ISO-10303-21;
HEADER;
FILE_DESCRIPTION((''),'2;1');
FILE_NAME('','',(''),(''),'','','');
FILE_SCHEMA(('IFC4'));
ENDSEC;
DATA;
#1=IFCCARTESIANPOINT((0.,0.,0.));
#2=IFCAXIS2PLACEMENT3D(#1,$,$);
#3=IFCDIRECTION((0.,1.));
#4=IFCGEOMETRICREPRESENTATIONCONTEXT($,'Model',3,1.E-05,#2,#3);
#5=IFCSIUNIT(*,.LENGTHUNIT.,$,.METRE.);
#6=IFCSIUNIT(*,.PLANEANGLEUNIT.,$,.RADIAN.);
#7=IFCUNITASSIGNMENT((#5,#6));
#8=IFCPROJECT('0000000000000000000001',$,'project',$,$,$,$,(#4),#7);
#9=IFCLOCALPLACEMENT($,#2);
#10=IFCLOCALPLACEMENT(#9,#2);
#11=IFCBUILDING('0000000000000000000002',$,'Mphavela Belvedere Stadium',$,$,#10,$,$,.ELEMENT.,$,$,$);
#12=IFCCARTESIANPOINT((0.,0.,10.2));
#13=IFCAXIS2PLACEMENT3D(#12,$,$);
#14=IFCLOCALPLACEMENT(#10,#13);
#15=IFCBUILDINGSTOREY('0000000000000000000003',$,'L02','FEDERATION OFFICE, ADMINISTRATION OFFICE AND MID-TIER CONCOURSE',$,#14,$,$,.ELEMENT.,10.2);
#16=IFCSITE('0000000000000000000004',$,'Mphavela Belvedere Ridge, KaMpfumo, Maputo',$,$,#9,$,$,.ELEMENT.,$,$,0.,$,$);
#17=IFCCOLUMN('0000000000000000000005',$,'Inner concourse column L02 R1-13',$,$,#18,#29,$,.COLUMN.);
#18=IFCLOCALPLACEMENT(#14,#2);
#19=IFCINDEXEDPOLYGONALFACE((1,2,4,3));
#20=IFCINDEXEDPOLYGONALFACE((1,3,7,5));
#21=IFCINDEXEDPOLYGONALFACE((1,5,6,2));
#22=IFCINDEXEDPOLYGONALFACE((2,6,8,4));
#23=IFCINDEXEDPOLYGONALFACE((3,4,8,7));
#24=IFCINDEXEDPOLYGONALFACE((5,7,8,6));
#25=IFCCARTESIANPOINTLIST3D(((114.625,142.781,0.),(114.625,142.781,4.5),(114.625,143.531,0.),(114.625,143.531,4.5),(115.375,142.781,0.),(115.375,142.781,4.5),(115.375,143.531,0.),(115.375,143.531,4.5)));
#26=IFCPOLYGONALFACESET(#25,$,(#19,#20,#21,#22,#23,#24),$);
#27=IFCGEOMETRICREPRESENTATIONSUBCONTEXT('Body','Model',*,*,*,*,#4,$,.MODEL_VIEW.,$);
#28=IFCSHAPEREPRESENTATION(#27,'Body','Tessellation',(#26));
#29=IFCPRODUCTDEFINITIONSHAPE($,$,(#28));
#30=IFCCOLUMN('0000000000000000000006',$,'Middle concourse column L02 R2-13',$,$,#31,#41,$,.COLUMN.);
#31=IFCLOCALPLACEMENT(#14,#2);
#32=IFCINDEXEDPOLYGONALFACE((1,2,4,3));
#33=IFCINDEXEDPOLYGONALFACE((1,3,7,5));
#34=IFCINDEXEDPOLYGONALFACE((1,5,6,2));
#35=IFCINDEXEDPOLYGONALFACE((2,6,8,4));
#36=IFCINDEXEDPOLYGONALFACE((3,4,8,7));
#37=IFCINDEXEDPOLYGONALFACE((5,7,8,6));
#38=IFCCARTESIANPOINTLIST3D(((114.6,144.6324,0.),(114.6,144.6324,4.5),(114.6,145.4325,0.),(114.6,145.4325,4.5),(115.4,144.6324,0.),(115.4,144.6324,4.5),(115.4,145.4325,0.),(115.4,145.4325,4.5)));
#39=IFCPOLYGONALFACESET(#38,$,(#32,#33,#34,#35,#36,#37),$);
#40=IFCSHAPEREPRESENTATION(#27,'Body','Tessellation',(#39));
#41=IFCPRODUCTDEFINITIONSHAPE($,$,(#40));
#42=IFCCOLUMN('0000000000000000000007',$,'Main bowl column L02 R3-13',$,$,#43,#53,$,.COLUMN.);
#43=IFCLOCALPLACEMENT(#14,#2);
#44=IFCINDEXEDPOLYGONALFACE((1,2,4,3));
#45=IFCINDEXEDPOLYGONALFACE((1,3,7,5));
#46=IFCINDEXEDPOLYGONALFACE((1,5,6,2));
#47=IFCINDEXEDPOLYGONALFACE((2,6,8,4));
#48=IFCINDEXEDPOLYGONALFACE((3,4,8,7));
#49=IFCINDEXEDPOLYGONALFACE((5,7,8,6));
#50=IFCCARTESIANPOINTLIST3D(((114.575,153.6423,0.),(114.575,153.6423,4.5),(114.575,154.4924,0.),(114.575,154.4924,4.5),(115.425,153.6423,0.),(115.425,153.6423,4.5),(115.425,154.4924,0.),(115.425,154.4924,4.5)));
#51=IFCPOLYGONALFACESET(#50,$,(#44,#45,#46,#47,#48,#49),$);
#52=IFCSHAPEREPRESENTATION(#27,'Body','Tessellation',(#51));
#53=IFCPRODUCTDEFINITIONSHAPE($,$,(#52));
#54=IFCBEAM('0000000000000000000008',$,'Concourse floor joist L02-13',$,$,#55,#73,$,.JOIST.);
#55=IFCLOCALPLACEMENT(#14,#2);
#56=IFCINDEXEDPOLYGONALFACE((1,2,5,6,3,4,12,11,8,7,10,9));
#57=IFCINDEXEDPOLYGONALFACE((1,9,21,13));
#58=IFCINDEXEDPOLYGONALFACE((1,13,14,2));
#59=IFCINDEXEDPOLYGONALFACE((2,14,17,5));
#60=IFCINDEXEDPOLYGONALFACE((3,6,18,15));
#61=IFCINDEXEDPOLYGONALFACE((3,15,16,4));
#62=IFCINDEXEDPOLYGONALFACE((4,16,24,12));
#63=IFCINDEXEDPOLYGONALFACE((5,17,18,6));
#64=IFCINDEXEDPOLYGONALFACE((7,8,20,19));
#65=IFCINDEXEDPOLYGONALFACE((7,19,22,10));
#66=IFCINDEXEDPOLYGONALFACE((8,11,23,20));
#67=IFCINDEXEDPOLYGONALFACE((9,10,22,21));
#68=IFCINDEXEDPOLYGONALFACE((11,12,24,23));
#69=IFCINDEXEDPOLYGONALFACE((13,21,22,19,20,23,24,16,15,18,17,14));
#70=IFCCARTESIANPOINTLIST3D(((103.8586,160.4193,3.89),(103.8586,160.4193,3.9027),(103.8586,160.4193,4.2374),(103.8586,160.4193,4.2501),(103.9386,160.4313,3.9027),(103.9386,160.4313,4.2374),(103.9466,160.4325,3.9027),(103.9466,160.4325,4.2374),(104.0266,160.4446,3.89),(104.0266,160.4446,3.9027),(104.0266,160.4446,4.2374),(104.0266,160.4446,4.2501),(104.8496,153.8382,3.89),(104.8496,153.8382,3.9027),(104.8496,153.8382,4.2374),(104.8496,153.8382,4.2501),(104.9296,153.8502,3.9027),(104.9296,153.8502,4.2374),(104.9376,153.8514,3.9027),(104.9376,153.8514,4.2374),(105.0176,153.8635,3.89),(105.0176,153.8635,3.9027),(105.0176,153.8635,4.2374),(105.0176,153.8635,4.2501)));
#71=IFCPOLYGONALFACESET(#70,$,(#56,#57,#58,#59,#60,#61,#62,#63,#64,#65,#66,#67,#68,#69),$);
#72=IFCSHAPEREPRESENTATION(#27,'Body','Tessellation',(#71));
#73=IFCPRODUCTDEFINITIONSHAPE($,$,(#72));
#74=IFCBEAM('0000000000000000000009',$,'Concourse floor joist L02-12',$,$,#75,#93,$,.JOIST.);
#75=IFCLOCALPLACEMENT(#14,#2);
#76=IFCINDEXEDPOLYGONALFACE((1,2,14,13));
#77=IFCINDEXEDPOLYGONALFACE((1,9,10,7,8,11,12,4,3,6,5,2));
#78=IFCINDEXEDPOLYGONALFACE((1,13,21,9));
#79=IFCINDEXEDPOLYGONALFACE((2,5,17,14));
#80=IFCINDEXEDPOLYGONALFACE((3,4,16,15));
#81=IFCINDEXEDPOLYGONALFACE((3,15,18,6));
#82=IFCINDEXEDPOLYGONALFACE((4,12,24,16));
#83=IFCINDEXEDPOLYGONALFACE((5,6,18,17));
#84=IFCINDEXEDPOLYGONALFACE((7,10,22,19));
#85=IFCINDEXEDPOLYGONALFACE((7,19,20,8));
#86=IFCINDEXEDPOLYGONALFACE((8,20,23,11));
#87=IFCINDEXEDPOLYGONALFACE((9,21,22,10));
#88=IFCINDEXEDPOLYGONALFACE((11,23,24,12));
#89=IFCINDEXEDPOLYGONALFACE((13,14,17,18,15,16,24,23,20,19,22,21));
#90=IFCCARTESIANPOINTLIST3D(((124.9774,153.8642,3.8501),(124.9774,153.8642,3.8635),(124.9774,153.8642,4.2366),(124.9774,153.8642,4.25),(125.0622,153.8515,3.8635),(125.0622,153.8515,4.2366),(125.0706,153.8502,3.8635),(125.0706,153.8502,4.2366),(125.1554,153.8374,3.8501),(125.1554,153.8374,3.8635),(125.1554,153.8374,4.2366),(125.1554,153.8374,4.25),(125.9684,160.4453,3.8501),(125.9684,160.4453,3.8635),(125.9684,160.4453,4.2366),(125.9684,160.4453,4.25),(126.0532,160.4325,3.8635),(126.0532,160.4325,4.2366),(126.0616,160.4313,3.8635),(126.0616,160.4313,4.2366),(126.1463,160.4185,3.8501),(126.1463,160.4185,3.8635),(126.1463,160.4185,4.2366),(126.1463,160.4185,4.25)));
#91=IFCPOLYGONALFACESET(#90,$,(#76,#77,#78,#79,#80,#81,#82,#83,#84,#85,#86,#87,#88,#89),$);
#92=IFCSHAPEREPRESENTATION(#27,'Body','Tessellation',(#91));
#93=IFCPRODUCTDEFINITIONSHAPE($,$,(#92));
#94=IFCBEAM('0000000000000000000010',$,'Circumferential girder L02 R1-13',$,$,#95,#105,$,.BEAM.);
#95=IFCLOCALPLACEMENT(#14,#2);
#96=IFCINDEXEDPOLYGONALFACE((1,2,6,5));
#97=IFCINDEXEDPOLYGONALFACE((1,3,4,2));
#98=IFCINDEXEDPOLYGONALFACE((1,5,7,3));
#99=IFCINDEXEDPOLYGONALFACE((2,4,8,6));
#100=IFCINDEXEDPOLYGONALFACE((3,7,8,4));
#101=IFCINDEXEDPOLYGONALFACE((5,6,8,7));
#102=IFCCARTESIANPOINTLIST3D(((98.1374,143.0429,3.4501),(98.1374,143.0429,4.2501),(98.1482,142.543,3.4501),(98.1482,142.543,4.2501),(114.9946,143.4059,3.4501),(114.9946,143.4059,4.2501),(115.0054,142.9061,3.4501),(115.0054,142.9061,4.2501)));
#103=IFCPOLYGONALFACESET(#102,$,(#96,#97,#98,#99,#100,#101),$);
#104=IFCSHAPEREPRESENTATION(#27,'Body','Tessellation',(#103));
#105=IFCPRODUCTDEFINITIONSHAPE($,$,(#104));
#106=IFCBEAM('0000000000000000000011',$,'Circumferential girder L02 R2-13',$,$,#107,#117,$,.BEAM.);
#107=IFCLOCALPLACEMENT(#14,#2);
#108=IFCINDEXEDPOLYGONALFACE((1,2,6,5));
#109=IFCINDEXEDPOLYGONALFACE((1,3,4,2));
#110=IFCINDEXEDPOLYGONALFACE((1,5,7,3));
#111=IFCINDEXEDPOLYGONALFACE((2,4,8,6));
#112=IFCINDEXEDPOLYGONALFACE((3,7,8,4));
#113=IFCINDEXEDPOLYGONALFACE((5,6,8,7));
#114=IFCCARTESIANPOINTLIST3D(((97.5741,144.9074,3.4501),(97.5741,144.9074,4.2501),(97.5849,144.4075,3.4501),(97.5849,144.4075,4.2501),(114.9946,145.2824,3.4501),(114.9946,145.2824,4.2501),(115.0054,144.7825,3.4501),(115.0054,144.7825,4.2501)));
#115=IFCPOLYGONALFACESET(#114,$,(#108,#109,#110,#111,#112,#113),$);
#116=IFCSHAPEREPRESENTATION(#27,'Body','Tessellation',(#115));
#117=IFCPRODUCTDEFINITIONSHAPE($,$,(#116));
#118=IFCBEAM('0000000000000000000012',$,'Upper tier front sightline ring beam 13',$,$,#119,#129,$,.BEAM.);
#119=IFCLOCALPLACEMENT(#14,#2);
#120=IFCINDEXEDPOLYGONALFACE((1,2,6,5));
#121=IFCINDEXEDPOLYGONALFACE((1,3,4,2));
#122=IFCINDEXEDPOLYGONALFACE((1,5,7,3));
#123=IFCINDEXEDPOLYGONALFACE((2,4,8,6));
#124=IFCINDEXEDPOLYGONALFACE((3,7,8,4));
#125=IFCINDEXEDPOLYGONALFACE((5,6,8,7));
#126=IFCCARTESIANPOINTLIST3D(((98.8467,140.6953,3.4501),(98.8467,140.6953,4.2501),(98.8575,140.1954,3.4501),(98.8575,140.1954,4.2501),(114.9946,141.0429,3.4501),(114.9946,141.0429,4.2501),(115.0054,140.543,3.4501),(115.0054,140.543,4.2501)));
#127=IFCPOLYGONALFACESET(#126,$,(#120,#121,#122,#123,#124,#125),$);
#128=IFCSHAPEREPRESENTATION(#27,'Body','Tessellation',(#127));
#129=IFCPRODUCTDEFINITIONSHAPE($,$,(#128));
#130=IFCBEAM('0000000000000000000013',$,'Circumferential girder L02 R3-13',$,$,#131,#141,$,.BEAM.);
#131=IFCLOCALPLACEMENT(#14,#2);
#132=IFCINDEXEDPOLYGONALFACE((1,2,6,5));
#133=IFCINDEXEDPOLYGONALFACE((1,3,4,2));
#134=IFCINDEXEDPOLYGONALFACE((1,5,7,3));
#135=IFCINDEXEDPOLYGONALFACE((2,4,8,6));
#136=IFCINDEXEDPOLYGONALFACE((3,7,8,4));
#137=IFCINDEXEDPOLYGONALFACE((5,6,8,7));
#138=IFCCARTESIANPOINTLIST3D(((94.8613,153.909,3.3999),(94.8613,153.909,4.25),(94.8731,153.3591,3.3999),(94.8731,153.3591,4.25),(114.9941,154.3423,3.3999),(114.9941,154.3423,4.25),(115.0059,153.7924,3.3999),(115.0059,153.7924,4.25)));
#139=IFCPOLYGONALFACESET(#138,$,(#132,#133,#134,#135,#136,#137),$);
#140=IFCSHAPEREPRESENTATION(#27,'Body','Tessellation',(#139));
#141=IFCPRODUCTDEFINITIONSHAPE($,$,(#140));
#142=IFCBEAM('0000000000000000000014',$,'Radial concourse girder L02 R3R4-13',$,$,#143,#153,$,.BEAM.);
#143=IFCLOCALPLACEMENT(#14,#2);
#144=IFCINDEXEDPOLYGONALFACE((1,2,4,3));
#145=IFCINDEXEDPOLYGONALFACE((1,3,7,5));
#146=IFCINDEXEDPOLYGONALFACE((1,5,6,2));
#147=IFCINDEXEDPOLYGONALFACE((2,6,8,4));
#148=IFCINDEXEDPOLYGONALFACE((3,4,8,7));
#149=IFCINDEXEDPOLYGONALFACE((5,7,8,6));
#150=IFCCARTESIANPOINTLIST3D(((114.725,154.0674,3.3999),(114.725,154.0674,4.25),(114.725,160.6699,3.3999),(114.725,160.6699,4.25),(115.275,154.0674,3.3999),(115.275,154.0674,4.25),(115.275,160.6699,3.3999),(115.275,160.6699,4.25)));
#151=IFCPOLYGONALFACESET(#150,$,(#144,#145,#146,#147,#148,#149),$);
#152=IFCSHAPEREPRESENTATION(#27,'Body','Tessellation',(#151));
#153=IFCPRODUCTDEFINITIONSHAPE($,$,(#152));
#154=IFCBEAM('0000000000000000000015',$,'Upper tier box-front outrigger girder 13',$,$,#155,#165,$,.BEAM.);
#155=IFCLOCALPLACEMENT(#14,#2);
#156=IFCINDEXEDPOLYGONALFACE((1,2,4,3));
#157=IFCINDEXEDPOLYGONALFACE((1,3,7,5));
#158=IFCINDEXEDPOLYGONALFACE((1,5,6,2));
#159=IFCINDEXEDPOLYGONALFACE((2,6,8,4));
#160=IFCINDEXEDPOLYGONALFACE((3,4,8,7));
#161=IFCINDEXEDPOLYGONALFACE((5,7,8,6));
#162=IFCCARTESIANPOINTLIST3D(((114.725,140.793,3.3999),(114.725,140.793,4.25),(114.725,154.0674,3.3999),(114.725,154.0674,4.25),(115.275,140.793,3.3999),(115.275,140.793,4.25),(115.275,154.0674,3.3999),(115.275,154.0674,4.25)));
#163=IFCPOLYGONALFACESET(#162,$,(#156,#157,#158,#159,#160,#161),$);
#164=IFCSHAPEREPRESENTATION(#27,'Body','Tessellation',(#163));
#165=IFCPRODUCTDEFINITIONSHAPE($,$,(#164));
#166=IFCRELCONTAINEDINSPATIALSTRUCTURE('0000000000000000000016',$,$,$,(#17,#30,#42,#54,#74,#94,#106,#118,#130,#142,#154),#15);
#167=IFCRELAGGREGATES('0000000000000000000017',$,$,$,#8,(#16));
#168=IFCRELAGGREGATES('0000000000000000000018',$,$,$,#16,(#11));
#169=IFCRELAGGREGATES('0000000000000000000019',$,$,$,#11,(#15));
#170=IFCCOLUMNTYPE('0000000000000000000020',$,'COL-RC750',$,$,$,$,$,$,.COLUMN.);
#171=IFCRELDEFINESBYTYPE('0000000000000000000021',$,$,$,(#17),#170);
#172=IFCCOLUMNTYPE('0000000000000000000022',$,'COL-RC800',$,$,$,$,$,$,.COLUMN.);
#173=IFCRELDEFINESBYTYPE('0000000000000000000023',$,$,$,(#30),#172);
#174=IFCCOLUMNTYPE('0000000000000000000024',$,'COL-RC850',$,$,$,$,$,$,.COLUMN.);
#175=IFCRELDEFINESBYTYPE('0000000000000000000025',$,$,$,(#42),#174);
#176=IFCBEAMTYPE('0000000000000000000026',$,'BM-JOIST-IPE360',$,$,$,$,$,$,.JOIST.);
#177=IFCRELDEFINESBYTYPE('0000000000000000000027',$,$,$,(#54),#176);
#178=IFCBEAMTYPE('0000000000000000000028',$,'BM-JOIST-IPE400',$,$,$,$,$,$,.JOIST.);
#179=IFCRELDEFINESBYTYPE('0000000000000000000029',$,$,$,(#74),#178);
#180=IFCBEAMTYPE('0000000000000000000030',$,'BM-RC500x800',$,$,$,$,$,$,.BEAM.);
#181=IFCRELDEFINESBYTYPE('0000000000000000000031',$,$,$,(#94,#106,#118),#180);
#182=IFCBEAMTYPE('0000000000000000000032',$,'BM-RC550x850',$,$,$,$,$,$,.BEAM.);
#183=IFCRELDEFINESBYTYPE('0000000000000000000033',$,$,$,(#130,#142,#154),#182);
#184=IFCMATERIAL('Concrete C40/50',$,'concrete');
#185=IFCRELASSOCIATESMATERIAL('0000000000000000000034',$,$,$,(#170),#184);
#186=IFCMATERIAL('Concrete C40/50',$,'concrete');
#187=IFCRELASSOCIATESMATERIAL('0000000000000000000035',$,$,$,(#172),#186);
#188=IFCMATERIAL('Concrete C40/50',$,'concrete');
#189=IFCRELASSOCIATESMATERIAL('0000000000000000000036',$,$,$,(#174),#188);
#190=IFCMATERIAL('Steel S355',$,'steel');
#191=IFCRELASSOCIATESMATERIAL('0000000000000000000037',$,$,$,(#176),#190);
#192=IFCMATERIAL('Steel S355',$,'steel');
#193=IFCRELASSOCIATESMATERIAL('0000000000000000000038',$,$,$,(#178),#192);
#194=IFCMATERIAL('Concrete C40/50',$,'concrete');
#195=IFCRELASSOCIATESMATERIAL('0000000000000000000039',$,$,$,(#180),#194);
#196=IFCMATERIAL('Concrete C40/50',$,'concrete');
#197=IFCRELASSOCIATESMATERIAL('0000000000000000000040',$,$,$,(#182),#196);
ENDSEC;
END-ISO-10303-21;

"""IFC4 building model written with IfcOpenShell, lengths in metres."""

from ifc_helpers import new_model, si_unit, direction, frame, origin, origin_2d, place, context, subcontext, project, spatial, rectangle, i_section, extrude, material, material_profile, profile_set, type_object, element, save


model = new_model("IFC4")

# Units and contexts
model_context = context("Model", 3, precision=1e-05, world=origin(), true_north=direction((0.0, 1.0)))
body_context = subcontext(model_context, "Body", "Model", "MODEL_VIEW")
ifc_project = project(units=[si_unit("LENGTHUNIT", "METRE"), si_unit("PLANEANGLEUNIT", "RADIAN")], contexts=[model_context])

# Site, building, storey
site_placement = place(None, origin())
site = spatial("IfcSite", under=ifc_project, at=site_placement, Name="Mphavela Belvedere Ridge, KaMpfumo, Maputo", CompositionType="ELEMENT", RefElevation=0.0)
building_placement = place(site_placement, origin())
building = spatial("IfcBuilding", under=site, at=building_placement, Name="Mphavela Belvedere Stadium", CompositionType="ELEMENT")
storey_placement = place(building_placement, frame((0.0, 0.0, 10.2)))
storey = spatial("IfcBuildingStorey", under=building, at=storey_placement, Name="L02", Description="FEDERATION OFFICE, ADMINISTRATION OFFICE AND MID-TIER CONCOURSE", CompositionType="ELEMENT", Elevation=10.2)

# Columns
ifc_material_1 = material(Name="Concrete C40/50", Category="concrete")
ifc_material_profile_1 = material_profile(ifc_material_1, rectangle(XDim=0.75, YDim=0.75, at=origin_2d()), Name="RC 750x750")
ifc_profile_set_1 = profile_set([ifc_material_profile_1], Name="Concrete C40/50")
column_type_1 = type_object("IfcColumnType", Name="COL-RC750", PredefinedType="COLUMN", material=ifc_profile_set_1)
column_1_placement = place(storey_placement, frame((115.0, 143.156, 0.0), z_axis=(0.0, 0.0, 1.0), x_axis=(0.0, 1.0, 0.0)))
element("IfcColumn", 1, at=column_1_placement, inside=storey, type_object=column_type_1, Name="Inner concourse column L02 R1-13", PredefinedType="COLUMN", context=body_context, shape_type="SweptSolid", body=[
    extrude(rectangle(XDim=0.75, YDim=0.75, at=origin_2d()), origin(), (0.0, 0.0, 1.0), 4.5),
])
ifc_material_2 = material(Name="Concrete C40/50", Category="concrete")
ifc_material_profile_2 = material_profile(ifc_material_2, rectangle(XDim=0.8, YDim=0.8, at=origin_2d()), Name="RC 800x800")
ifc_profile_set_2 = profile_set([ifc_material_profile_2], Name="Concrete C40/50")
column_type_2 = type_object("IfcColumnType", Name="COL-RC800", PredefinedType="COLUMN", material=ifc_profile_set_2)
column_2_placement = place(storey_placement, frame((115.0, 145.0325, 0.0), z_axis=(0.0, 0.0, 1.0), x_axis=(0.0, 1.0, 0.0)))
element("IfcColumn", 2, at=column_2_placement, inside=storey, type_object=column_type_2, Name="Middle concourse column L02 R2-13", PredefinedType="COLUMN", context=body_context, shape_type="SweptSolid", body=[
    extrude(rectangle(XDim=0.8, YDim=0.8, at=origin_2d()), origin(), (0.0, 0.0, 1.0), 4.5),
])
ifc_material_3 = material(Name="Concrete C40/50", Category="concrete")
ifc_material_profile_3 = material_profile(ifc_material_3, rectangle(XDim=0.8501, YDim=0.8501, at=origin_2d()), Name="RC 850x850")
ifc_profile_set_3 = profile_set([ifc_material_profile_3], Name="Concrete C40/50")
column_type_3 = type_object("IfcColumnType", Name="COL-RC850", PredefinedType="COLUMN", material=ifc_profile_set_3)
column_3_placement = place(storey_placement, frame((115.0, 154.0674, 0.0), z_axis=(0.0, 0.0, 1.0), x_axis=(0.0, 1.0, 0.0)))
element("IfcColumn", 3, at=column_3_placement, inside=storey, type_object=column_type_3, Name="Main bowl column L02 R3-13", PredefinedType="COLUMN", context=body_context, shape_type="SweptSolid", body=[
    extrude(rectangle(XDim=0.8501, YDim=0.8501, at=origin_2d()), origin(), (0.0, 0.0, 1.0), 4.5),
])

# Beams
ifc_material_4 = material(Name="Steel S355", Category="steel")
ifc_material_profile_4 = material_profile(ifc_material_4, i_section(OverallWidth=0.1699, OverallDepth=0.3601, WebThickness=0.0081, FlangeThickness=0.0127, at=origin_2d()), Name="IPE 360")
ifc_profile_set_4 = profile_set([ifc_material_profile_4], Name="Steel S355")
beam_type_1 = type_object("IfcBeamType", Name="BM-JOIST-IPE360", PredefinedType="JOIST", material=ifc_profile_set_4)
beam_1_placement = place(storey_placement, frame((104.9336, 153.8508, 4.0701), z_axis=(-0.1489, 0.988852, 0.0), x_axis=(-0.988852, -0.1489, 0.0)))
element("IfcBeam", 4, at=beam_1_placement, inside=storey, type_object=beam_type_1, Name="Concourse floor joist L02-13", PredefinedType="JOIST", context=body_context, shape_type="SweptSolid", body=[
    extrude(i_section(OverallWidth=0.1699, OverallDepth=0.3601, WebThickness=0.0081, FlangeThickness=0.0127, at=origin_2d()), origin(), (0.0, 0.0, 1.0), 6.6553),
])
ifc_material_5 = material(Name="Steel S355", Category="steel")
ifc_material_profile_5 = material_profile(ifc_material_5, i_section(OverallWidth=0.1799, OverallDepth=0.3999, WebThickness=0.0085, FlangeThickness=0.0134, at=origin_2d()), Name="IPE 400")
ifc_profile_set_5 = profile_set([ifc_material_profile_5], Name="Steel S355")
beam_type_2 = type_object("IfcBeamType", Name="BM-JOIST-IPE400", PredefinedType="JOIST", material=ifc_profile_set_5)
beam_2_placement = place(storey_placement, frame((125.0664, 153.8508, 4.05), z_axis=(0.1489, 0.988852, 0.0), x_axis=(-0.988852, 0.1489, 0.0)))
element("IfcBeam", 5, at=beam_2_placement, inside=storey, type_object=beam_type_2, Name="Concourse floor joist L02-12", PredefinedType="JOIST", context=body_context, shape_type="SweptSolid", body=[
    extrude(i_section(OverallWidth=0.1799, OverallDepth=0.3999, WebThickness=0.0085, FlangeThickness=0.0134, at=origin_2d()), origin(), (0.0, 0.0, 1.0), 6.6553),
])
ifc_material_6 = material(Name="Concrete C40/50", Category="concrete")
ifc_material_profile_6 = material_profile(ifc_material_6, rectangle(XDim=0.5, YDim=0.8, at=origin_2d()), Name="RC 500x800")
ifc_profile_set_6 = profile_set([ifc_material_profile_6], Name="Concrete C40/50")
beam_type_3 = type_object("IfcBeamType", Name="BM-RC500x800", PredefinedType="BEAM", material=ifc_profile_set_6)
beam_3_placement = place(storey_placement, frame((115.0, 143.156, 3.8501), z_axis=(-0.999768, -0.021531, 0.0), x_axis=(0.021531, -0.999768, 0.0)))
element("IfcBeam", 6, at=beam_3_placement, inside=storey, type_object=beam_type_3, Name="Circumferential girder L02 R1-13", PredefinedType="BEAM", context=body_context, shape_type="SweptSolid", body=[
    extrude(rectangle(XDim=0.5, YDim=0.8, at=origin_2d()), origin(), (0.0, 0.0, 1.0), 16.8611),
])
beam_4_placement = place(storey_placement, frame((115.0, 145.0325, 3.8501), z_axis=(-0.999768, -0.021521, 0.0), x_axis=(0.021521, -0.999768, 0.0)))
element("IfcBeam", 7, at=beam_4_placement, inside=storey, type_object=beam_type_3, Name="Circumferential girder L02 R2-13", PredefinedType="BEAM", context=body_context, shape_type="SweptSolid", body=[
    extrude(rectangle(XDim=0.5, YDim=0.8, at=origin_2d()), origin(), (0.0, 0.0, 1.0), 17.4246),
])
beam_5_placement = place(storey_placement, frame((115.0, 140.793, 3.8501), z_axis=(-0.999768, -0.021524, 0.0), x_axis=(0.021524, -0.999768, 0.0)))
element("IfcBeam", 8, at=beam_5_placement, inside=storey, type_object=beam_type_3, Name="Upper tier front sightline ring beam 13", PredefinedType="BEAM", context=body_context, shape_type="SweptSolid", body=[
    extrude(rectangle(XDim=0.5, YDim=0.8, at=origin_2d()), origin(), (0.0, 0.0, 1.0), 16.1516),
])
ifc_material_7 = material(Name="Concrete C40/50", Category="concrete")
ifc_material_profile_7 = material_profile(ifc_material_7, rectangle(XDim=0.55, YDim=0.8501, at=origin_2d()), Name="RC 550x850")
ifc_profile_set_7 = profile_set([ifc_material_profile_7], Name="Concrete C40/50")
beam_type_4 = type_object("IfcBeamType", Name="BM-RC550x850", PredefinedType="BEAM", material=ifc_profile_set_7)
beam_6_placement = place(storey_placement, frame((115.0, 154.0674, 3.825), z_axis=(-0.999768, -0.02152, 0.0), x_axis=(0.02152, -0.999768, 0.0)))
element("IfcBeam", 9, at=beam_6_placement, inside=storey, type_object=beam_type_4, Name="Circumferential girder L02 R3-13", PredefinedType="BEAM", context=body_context, shape_type="SweptSolid", body=[
    extrude(rectangle(XDim=0.55, YDim=0.8501, at=origin_2d()), origin(), (0.0, 0.0, 1.0), 20.1375),
])
beam_7_placement = place(storey_placement, frame((115.0, 154.0674, 3.825), z_axis=(0.0, 1.0, 0.0), x_axis=(-1.0, 0.0, 0.0)))
element("IfcBeam", 10, at=beam_7_placement, inside=storey, type_object=beam_type_4, Name="Radial concourse girder L02 R3R4-13", PredefinedType="BEAM", context=body_context, shape_type="SweptSolid", body=[
    extrude(rectangle(XDim=0.55, YDim=0.8501, at=origin_2d()), origin(), (0.0, 0.0, 1.0), 6.6025),
])
beam_8_placement = place(storey_placement, frame((115.0, 140.793, 3.825), z_axis=(0.0, 1.0, 0.0), x_axis=(-1.0, 0.0, 0.0)))
element("IfcBeam", 11, at=beam_8_placement, inside=storey, type_object=beam_type_4, Name="Upper tier box-front outrigger girder 13", PredefinedType="BEAM", context=body_context, shape_type="SweptSolid", body=[
    extrude(rectangle(XDim=0.55, YDim=0.8501, at=origin_2d()), origin(), (0.0, 0.0, 1.0), 13.2744),
])

save(model, "model.ifc")
